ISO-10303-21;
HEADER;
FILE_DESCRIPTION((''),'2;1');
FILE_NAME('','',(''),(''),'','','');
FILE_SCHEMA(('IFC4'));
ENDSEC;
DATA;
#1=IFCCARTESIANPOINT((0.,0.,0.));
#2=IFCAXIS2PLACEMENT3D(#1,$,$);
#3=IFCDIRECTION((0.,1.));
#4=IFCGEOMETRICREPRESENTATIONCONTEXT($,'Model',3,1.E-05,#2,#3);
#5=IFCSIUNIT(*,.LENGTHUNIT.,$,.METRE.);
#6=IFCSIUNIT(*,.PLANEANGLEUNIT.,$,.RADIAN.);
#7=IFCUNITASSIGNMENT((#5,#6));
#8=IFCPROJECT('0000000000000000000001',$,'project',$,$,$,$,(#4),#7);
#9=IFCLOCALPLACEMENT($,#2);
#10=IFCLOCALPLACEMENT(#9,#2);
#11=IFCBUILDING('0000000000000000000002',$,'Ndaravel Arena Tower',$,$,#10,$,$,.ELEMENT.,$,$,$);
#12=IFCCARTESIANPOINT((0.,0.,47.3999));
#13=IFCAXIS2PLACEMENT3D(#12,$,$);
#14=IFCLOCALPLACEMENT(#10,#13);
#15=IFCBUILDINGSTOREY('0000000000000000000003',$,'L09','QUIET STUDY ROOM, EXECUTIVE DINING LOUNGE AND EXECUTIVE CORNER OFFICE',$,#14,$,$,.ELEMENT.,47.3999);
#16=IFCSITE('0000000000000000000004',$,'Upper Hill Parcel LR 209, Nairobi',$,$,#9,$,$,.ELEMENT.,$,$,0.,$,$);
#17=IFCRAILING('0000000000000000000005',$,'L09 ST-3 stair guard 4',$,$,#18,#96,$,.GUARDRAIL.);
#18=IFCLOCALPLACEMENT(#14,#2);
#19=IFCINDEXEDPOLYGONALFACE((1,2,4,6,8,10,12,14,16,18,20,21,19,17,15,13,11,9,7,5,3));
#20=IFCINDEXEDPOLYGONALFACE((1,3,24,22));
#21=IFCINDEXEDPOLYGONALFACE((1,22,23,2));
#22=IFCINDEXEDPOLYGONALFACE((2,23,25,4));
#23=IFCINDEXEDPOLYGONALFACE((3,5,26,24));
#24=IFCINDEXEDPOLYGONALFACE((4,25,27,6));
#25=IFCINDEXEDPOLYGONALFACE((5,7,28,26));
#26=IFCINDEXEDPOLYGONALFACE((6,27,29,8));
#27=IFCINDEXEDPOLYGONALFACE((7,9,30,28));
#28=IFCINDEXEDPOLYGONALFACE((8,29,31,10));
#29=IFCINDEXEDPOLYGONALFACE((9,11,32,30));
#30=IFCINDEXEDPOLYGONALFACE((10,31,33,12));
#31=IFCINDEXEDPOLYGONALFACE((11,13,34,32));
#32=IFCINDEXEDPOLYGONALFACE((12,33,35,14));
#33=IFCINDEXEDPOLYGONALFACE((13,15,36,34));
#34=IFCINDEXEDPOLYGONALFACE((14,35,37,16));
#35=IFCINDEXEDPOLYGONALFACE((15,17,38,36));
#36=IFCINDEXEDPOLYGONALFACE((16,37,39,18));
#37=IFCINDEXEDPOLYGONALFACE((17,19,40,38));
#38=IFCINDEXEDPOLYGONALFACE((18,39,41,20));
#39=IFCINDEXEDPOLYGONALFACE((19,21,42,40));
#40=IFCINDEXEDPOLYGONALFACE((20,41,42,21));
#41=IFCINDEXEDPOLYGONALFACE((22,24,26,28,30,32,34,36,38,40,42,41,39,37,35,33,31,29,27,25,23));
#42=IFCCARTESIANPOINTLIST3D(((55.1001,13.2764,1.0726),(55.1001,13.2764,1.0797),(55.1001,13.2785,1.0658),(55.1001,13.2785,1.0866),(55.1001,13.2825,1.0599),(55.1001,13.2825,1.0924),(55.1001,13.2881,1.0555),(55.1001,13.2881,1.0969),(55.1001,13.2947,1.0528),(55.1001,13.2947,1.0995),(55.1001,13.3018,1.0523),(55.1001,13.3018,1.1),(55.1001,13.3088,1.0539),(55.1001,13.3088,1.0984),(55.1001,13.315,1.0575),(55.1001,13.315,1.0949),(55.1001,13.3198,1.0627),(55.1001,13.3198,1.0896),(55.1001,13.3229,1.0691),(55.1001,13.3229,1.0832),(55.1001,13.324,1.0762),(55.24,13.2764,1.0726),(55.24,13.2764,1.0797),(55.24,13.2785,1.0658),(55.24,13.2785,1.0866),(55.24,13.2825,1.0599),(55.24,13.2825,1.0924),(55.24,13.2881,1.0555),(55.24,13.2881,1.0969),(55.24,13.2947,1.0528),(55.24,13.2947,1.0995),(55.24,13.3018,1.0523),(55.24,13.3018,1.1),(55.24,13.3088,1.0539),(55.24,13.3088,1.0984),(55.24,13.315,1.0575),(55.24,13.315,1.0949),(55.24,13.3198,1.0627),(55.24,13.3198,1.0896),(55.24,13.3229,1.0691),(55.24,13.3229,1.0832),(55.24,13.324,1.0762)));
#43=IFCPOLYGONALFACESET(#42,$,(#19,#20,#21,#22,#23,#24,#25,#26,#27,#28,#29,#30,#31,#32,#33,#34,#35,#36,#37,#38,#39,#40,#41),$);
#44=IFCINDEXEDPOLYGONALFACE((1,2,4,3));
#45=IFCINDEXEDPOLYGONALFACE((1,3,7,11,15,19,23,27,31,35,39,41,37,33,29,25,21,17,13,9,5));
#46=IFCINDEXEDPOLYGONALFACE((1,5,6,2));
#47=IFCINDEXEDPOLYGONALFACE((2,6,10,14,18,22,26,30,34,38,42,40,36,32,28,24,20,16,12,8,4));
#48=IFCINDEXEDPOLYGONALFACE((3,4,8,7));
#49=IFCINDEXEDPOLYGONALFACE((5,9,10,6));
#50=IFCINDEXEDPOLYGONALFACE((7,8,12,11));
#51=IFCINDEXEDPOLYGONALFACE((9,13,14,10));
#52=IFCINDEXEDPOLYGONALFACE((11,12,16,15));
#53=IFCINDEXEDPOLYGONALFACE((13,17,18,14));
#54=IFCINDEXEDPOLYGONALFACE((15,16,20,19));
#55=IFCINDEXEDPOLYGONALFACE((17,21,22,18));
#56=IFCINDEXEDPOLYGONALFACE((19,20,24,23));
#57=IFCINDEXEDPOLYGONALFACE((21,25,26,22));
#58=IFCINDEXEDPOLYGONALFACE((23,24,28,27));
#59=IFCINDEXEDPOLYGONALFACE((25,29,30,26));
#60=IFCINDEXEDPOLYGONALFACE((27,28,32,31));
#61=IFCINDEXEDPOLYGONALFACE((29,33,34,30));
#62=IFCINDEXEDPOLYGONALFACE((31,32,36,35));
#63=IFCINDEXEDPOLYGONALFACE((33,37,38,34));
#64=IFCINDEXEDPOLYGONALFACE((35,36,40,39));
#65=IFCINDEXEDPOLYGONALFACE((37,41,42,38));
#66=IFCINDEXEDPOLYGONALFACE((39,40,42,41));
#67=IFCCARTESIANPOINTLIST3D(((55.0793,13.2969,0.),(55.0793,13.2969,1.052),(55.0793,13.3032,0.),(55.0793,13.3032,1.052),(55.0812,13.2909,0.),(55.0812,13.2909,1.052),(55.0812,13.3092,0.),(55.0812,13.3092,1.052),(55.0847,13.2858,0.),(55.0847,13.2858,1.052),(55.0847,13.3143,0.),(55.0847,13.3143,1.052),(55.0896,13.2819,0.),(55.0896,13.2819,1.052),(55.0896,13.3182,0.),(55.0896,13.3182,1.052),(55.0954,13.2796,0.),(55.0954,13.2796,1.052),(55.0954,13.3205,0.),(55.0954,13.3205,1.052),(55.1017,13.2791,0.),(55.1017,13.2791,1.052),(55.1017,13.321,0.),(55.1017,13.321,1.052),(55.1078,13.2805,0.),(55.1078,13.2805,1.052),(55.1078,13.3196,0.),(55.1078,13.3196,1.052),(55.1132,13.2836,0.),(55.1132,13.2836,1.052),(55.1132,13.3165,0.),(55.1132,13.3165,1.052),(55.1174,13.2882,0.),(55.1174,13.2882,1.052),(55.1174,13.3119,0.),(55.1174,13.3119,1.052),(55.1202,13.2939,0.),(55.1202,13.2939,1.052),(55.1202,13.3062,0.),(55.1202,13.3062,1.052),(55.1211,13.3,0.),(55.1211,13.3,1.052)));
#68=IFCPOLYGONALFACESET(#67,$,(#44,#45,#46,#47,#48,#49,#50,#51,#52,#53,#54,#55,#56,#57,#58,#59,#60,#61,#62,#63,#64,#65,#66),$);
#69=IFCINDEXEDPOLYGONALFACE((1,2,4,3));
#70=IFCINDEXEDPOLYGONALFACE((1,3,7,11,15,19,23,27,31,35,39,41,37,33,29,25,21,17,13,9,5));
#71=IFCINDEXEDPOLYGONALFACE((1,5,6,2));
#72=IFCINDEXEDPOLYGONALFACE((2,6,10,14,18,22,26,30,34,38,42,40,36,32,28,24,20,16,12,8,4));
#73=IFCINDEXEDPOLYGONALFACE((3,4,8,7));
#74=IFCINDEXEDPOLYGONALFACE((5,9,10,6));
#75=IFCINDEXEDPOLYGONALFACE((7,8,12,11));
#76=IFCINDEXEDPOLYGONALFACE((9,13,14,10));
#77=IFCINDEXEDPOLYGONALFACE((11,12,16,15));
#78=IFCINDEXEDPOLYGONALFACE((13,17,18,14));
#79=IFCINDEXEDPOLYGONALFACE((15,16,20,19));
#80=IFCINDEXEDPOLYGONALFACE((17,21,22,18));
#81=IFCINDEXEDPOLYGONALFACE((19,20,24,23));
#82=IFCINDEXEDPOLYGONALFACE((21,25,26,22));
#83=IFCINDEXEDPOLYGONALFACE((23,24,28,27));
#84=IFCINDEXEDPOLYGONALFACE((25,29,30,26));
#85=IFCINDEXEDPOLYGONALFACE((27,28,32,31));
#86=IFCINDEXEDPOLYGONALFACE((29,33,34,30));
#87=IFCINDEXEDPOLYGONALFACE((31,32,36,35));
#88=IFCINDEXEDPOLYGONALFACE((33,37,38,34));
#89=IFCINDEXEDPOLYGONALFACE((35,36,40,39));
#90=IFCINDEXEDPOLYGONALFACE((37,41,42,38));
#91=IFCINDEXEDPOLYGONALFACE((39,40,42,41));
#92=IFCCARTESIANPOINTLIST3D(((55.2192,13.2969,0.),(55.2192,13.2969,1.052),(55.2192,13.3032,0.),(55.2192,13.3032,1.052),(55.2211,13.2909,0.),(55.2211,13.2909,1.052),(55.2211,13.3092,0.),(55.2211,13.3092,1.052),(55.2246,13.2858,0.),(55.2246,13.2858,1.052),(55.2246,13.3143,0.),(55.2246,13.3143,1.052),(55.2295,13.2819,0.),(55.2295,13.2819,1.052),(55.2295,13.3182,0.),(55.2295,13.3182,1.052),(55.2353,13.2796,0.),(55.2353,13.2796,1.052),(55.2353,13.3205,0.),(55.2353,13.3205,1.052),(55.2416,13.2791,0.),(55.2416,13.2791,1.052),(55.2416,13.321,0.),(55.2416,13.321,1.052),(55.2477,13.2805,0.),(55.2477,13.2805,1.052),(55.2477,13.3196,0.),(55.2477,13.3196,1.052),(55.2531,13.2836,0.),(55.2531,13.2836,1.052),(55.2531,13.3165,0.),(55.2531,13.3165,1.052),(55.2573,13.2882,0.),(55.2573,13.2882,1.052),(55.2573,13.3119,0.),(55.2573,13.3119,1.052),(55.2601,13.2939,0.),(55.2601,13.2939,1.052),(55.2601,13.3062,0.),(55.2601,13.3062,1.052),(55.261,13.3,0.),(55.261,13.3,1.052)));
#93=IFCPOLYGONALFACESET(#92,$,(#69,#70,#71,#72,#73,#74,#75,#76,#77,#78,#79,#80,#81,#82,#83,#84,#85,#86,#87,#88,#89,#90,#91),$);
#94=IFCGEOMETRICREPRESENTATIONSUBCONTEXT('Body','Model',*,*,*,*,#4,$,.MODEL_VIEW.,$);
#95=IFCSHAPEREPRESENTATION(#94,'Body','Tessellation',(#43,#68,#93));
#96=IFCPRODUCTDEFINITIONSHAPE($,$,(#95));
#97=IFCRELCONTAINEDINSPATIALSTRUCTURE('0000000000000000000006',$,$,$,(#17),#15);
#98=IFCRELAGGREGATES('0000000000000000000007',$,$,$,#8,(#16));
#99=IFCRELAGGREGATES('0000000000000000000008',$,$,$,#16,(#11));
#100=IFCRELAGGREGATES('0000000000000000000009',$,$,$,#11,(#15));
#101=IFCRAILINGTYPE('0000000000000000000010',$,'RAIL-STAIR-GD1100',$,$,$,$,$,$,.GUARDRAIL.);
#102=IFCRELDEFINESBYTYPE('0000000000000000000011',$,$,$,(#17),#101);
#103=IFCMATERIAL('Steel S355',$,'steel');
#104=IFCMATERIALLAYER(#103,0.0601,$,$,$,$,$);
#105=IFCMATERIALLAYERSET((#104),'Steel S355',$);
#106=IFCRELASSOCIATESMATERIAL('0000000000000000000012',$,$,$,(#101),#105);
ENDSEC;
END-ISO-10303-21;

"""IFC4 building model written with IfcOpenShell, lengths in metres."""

from ifc_helpers import new_model, si_unit, direction, frame, origin, origin_2d, place, context, subcontext, project, spatial, circle, extrude, material, layer, layer_set, type_object, element, save


model = new_model("IFC4")

# Units and contexts
model_context = context("Model", 3, precision=1e-05, world=origin(), true_north=direction((0.0, 1.0)))
body_context = subcontext(model_context, "Body", "Model", "MODEL_VIEW")
ifc_project = project(units=[si_unit("LENGTHUNIT", "METRE"), si_unit("PLANEANGLEUNIT", "RADIAN")], contexts=[model_context])

# Site, building, storey
site_placement = place(None, origin())
site = spatial("IfcSite", under=ifc_project, at=site_placement, Name="Upper Hill Parcel LR 209, Nairobi", CompositionType="ELEMENT", RefElevation=0.0)
building_placement = place(site_placement, origin())
building = spatial("IfcBuilding", under=site, at=building_placement, Name="Ndaravel Arena Tower", CompositionType="ELEMENT")
storey_placement = place(building_placement, frame((0.0, 0.0, 47.3999)))
storey = spatial("IfcBuildingStorey", under=building, at=storey_placement, Name="L09", Description="QUIET STUDY ROOM, EXECUTIVE DINING LOUNGE AND EXECUTIVE CORNER OFFICE", CompositionType="ELEMENT", Elevation=47.3999)

# Railing
ifc_material_1 = material(Name="Steel S355", Category="steel")
ifc_layer_1 = layer(ifc_material_1, 0.0601)
ifc_layer_set_1 = layer_set([ifc_layer_1], Name="Steel S355")
railing_type_1 = type_object("IfcRailingType", Name="RAIL-STAIR-GD1100", PredefinedType="GUARDRAIL", material=ifc_layer_set_1)
railing_1_placement = place(storey_placement, frame((55.1001, 13.3, 0.0)))
element("IfcRailing", 1, at=railing_1_placement, inside=storey, type_object=railing_type_1, Name="L09 ST-3 stair guard 4", PredefinedType="GUARDRAIL", context=body_context, shape_type="SweptSolid", body=[
    extrude(circle(Radius=0.0239, at=origin_2d()), frame((0.0, 0.0, 1.0762), z_axis=(1.0, 0.0, 0.0), x_axis=(0.0, 1.0, 0.0)), (0.0, 0.0, 1.0), 0.1399),
    extrude(circle(Radius=0.021, at=origin_2d()), origin(), (0.0, 0.0, 1.0), 1.052),
    extrude(circle(Radius=0.021, at=origin_2d()), frame((0.1399, 0.0, 0.0)), (0.0, 0.0, 1.0), 1.052),
])

save(model, "model.ifc")
